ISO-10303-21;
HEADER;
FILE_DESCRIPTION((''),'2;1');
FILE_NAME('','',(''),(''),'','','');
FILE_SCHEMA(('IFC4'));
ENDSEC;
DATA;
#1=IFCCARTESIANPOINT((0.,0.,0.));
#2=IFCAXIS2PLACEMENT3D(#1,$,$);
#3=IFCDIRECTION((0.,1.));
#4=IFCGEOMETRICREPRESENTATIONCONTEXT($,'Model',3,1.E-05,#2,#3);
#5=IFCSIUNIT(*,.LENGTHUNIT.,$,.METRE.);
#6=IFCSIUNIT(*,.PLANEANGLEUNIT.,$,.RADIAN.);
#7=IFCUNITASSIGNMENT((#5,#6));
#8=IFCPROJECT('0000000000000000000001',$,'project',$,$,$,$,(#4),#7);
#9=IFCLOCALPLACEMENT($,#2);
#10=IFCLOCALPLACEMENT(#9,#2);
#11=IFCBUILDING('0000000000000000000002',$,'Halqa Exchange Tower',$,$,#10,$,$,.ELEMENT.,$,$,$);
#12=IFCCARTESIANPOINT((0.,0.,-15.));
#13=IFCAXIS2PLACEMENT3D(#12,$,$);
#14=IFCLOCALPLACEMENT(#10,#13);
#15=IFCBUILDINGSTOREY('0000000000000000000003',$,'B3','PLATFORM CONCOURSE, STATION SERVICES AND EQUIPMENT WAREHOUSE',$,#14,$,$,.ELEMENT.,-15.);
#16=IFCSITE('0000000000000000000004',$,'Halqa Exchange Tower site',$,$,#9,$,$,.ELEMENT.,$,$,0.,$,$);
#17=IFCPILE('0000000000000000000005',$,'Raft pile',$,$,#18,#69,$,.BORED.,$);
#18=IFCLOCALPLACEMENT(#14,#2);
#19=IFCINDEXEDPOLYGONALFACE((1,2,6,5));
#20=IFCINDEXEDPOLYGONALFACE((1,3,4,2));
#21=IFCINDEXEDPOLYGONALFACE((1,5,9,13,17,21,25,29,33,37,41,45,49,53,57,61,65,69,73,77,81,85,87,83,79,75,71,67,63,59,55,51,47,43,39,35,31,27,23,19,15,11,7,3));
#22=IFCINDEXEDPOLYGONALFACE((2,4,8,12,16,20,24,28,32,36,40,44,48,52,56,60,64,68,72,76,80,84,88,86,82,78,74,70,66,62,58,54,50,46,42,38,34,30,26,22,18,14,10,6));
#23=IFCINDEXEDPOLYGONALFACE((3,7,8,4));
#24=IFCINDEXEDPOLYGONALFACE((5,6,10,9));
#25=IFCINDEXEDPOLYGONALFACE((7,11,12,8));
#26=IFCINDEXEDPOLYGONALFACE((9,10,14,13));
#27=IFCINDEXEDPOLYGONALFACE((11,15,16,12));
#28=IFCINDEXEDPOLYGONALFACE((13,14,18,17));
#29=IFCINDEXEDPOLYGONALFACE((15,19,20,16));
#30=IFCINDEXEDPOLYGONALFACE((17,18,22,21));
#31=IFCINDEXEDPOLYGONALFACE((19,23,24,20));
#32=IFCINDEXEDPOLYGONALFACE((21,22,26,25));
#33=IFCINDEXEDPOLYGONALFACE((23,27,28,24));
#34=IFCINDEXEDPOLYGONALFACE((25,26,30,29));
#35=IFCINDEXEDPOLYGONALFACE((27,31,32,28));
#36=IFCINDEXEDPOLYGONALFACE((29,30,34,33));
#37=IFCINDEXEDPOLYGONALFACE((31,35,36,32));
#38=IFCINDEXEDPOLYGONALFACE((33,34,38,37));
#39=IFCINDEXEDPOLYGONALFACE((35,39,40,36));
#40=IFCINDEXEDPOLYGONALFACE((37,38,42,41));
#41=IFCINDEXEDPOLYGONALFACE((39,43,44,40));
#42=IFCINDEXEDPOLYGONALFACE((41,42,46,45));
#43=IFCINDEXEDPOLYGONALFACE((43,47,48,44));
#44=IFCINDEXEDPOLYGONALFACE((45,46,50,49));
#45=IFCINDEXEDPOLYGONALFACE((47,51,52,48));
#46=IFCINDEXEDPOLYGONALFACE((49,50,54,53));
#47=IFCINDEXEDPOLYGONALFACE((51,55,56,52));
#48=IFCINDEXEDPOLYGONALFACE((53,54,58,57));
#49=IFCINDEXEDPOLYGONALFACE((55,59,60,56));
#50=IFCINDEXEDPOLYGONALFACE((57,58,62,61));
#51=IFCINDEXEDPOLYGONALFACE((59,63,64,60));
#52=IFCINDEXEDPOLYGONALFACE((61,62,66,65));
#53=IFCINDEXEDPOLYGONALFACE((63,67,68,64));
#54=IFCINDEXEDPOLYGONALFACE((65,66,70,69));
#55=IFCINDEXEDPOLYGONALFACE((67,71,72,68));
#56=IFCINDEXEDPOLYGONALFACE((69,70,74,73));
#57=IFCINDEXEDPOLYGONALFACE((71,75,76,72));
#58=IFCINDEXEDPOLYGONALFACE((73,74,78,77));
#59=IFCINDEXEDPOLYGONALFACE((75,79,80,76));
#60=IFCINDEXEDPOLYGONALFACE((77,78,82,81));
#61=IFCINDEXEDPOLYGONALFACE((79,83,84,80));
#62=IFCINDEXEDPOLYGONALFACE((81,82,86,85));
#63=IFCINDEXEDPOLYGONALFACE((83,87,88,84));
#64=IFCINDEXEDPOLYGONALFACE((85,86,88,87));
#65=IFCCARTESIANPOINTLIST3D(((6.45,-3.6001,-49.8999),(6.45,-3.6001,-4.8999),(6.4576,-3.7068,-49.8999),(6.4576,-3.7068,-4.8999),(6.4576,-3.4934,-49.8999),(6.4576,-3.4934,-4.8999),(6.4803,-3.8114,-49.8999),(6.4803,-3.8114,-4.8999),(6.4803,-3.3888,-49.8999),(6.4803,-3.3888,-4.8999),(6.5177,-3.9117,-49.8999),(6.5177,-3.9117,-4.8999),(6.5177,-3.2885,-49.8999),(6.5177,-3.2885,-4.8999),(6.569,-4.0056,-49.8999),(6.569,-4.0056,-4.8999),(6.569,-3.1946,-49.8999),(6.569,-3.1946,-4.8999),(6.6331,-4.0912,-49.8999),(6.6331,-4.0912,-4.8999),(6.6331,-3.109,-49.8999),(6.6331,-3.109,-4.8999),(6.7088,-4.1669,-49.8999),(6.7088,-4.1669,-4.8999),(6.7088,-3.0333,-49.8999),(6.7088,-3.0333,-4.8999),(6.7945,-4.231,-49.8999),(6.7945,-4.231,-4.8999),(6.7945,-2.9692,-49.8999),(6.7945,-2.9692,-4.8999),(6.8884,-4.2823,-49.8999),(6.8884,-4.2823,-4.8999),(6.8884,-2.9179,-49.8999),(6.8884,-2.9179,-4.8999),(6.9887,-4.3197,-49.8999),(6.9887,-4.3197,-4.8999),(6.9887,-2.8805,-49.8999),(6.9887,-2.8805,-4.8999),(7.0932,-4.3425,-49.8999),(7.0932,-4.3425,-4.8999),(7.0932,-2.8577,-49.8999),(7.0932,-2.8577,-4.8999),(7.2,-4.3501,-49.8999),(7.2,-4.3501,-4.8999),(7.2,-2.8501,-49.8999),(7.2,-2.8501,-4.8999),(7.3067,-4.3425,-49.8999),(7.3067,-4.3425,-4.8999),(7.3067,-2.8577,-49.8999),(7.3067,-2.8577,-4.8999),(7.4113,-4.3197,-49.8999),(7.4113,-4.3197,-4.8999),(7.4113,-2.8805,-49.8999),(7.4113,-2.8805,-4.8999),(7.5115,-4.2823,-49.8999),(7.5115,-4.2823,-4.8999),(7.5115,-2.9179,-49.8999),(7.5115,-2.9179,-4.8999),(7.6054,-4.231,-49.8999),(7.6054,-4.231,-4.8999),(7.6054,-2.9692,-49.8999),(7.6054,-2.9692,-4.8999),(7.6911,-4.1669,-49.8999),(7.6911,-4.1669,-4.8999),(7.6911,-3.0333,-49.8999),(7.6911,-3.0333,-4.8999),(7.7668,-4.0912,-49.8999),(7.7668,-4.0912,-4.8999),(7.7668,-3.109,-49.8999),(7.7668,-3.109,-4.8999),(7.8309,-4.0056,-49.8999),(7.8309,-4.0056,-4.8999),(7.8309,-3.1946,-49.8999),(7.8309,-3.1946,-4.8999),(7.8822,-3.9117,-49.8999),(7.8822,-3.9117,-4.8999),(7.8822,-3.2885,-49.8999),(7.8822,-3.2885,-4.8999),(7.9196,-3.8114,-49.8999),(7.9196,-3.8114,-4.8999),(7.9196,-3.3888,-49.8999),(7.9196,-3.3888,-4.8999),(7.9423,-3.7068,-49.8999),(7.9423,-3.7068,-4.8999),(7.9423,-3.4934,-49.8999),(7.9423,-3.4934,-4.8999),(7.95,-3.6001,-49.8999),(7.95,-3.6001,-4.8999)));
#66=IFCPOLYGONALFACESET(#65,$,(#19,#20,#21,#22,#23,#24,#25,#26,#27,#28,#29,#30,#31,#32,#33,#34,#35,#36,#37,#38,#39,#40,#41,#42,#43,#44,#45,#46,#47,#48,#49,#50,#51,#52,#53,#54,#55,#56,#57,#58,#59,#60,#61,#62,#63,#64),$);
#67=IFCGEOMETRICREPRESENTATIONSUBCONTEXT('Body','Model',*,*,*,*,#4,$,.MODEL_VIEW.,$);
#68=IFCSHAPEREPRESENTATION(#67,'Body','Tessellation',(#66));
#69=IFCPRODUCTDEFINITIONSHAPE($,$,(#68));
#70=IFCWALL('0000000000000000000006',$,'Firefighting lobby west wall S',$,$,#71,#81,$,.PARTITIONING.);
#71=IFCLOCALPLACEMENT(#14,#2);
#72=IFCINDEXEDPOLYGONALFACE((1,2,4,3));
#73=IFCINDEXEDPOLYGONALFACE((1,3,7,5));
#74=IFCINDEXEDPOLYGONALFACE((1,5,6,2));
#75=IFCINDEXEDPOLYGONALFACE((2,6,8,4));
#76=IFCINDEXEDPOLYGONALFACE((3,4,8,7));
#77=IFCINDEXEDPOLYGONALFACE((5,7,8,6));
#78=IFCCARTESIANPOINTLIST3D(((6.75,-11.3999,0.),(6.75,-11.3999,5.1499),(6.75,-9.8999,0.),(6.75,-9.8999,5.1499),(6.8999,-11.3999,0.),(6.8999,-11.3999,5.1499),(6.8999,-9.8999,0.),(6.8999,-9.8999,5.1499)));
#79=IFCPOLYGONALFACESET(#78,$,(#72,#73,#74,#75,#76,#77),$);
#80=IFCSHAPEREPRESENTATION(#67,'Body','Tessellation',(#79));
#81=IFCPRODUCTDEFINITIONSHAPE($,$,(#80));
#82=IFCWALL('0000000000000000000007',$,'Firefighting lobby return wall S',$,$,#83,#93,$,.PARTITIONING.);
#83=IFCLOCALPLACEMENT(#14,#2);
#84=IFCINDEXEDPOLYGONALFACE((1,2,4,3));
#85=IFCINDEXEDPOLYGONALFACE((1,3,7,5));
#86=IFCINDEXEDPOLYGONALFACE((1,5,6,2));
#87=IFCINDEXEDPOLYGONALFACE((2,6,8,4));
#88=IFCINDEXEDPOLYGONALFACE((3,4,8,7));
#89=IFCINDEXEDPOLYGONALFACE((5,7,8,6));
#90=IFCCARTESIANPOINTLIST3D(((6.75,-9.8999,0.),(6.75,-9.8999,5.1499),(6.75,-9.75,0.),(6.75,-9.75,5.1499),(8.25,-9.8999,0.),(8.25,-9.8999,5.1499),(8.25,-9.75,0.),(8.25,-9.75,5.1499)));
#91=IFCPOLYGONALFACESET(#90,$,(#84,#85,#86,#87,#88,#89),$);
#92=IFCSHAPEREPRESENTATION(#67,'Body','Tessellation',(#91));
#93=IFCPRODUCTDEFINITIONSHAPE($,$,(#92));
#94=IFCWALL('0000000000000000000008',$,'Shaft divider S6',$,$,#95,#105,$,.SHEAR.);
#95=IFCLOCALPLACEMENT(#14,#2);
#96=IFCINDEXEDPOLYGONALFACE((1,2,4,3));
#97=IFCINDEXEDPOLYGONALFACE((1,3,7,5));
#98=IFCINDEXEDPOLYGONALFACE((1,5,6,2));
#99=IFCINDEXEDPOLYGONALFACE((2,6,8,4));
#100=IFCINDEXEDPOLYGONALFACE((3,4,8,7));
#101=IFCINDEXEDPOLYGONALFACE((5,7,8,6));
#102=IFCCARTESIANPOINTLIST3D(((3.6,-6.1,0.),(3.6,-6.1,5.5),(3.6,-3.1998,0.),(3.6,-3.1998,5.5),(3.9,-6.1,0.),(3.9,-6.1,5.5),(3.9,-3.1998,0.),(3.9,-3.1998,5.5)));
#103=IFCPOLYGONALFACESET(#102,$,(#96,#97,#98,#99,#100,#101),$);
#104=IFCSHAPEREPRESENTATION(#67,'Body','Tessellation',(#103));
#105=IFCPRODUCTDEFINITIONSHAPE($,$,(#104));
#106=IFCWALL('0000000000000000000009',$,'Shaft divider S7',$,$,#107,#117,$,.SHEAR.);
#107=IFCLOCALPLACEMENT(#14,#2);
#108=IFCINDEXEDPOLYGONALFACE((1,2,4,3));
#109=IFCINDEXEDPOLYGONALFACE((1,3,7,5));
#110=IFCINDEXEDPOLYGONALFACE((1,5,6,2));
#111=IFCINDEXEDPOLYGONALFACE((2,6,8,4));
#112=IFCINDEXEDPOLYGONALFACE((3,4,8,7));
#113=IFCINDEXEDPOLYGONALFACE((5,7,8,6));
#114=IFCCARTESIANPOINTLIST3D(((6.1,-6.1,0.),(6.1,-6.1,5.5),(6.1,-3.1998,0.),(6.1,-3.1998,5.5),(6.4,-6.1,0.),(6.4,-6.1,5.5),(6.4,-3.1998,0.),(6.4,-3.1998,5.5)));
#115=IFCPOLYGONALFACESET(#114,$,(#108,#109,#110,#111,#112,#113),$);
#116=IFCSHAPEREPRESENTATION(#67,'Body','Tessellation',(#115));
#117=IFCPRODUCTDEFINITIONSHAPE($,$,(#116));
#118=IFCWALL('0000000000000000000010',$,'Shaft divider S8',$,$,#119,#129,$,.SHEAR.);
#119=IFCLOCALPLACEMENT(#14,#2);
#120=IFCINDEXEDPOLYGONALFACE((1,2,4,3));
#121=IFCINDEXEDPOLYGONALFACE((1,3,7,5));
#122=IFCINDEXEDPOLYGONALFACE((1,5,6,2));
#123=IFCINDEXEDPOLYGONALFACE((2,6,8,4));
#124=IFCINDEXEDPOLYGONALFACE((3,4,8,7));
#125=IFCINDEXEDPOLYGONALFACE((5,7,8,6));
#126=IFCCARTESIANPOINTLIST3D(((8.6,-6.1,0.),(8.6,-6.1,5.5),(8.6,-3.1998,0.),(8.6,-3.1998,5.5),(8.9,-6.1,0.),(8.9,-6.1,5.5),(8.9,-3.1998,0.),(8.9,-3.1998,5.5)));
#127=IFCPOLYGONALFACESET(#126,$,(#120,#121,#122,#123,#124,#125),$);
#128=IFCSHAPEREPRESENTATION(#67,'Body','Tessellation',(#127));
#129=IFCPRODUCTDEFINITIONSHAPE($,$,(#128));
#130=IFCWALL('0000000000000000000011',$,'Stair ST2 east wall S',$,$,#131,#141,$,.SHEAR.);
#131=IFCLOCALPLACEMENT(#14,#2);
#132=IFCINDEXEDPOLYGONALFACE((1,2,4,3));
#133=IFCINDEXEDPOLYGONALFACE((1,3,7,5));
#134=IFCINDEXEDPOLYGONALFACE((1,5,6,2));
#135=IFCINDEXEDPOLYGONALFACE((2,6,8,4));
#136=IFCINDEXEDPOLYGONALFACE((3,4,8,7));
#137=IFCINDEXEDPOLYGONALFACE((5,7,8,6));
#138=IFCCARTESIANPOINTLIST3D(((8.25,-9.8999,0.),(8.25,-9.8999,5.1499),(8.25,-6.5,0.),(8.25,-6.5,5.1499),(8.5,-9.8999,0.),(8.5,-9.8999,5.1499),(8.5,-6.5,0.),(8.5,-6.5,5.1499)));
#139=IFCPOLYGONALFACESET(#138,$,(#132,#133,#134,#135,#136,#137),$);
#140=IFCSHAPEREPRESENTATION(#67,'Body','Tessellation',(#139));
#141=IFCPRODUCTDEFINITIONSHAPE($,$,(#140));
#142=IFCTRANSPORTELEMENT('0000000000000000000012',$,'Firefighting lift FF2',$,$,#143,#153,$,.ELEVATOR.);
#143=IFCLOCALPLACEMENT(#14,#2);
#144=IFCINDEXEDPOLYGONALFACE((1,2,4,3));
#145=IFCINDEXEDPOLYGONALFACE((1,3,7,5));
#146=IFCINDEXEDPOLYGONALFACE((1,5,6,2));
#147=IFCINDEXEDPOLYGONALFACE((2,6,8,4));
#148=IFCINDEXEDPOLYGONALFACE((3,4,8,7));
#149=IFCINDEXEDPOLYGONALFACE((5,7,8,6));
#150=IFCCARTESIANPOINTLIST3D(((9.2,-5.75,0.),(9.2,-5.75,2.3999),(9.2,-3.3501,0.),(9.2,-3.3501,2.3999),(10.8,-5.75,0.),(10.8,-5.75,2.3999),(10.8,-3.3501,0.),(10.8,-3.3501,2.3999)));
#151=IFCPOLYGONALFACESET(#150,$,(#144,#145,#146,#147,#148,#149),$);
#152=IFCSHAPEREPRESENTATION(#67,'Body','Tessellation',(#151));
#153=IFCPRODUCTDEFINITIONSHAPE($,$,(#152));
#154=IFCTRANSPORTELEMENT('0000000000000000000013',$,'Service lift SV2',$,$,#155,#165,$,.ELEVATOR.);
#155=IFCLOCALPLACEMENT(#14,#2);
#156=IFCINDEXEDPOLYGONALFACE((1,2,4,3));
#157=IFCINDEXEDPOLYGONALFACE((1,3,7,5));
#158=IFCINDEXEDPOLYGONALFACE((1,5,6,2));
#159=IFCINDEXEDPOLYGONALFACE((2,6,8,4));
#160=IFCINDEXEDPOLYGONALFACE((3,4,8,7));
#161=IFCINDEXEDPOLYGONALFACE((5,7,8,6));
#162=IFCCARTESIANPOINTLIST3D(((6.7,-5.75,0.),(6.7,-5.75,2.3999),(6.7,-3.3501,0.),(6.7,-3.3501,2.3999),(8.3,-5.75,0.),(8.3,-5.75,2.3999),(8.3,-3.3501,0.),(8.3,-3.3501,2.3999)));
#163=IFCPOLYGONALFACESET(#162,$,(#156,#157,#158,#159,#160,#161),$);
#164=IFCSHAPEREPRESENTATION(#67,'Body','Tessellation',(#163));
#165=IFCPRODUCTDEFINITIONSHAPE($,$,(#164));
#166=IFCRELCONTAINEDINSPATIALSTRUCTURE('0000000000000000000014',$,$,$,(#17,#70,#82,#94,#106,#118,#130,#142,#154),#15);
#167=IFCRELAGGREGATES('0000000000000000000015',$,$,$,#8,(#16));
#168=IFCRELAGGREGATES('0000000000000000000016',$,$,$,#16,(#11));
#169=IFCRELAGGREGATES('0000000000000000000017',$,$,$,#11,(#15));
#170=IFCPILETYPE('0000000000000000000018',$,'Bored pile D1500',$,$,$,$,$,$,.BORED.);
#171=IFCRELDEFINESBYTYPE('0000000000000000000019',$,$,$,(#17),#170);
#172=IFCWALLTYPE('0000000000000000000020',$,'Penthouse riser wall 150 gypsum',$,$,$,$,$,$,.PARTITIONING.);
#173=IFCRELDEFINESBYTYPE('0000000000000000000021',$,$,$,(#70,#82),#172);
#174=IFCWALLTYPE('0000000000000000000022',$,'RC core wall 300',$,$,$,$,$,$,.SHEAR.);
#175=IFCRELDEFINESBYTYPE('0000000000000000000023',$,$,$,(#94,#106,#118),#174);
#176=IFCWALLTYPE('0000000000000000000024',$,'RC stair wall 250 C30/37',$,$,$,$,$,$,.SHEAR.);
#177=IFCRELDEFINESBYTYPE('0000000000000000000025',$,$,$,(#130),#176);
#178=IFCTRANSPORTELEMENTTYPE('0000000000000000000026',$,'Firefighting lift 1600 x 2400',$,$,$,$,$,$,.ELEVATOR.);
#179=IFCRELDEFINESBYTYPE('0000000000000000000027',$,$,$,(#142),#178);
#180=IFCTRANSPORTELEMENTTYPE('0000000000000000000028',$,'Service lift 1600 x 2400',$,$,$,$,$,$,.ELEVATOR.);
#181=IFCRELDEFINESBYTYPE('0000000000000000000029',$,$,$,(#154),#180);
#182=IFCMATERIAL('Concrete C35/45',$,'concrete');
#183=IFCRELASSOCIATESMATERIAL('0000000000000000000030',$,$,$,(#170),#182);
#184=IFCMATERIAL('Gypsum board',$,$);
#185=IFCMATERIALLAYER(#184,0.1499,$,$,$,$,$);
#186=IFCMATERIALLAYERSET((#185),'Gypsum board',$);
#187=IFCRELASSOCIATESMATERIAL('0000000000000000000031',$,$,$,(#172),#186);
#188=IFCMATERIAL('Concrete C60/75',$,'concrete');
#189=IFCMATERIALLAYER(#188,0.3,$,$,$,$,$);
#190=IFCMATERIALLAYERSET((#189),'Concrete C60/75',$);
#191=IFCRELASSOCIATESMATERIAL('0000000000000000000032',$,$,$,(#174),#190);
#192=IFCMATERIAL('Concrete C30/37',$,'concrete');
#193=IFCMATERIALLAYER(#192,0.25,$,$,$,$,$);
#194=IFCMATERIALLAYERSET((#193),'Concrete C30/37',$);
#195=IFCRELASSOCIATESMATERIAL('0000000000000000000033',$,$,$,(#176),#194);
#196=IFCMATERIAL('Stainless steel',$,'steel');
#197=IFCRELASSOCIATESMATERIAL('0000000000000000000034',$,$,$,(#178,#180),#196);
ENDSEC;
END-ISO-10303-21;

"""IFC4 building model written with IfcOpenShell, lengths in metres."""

from ifc_helpers import new_model, si_unit, direction, frame, frame_2d, origin, origin_2d, place, context, subcontext, project, spatial, rectangle, circle, extrude, material, layer, layer_set, material_profile, profile_set, type_object, element, save


model = new_model("IFC4")

# Units and contexts
model_context = context("Model", 3, precision=1e-05, world=origin(), true_north=direction((0.0, 1.0)))
body_context = subcontext(model_context, "Body", "Model", "MODEL_VIEW")
ifc_project = project(units=[si_unit("LENGTHUNIT", "METRE"), si_unit("PLANEANGLEUNIT", "RADIAN")], contexts=[model_context])

# Site, building, storey
site_placement = place(None, origin())
site = spatial("IfcSite", under=ifc_project, at=site_placement, Name="Halqa Exchange Tower site", CompositionType="ELEMENT", RefElevation=0.0)
building_placement = place(site_placement, origin())
building = spatial("IfcBuilding", under=site, at=building_placement, Name="Halqa Exchange Tower", CompositionType="ELEMENT")
storey_placement = place(building_placement, frame((0.0, 0.0, -15.0)))
storey = spatial("IfcBuildingStorey", under=building, at=storey_placement, Name="B3", Description="PLATFORM CONCOURSE, STATION SERVICES AND EQUIPMENT WAREHOUSE", CompositionType="ELEMENT", Elevation=-15.0)

# Pile
ifc_material_1 = material(Name="Concrete C35/45", Category="concrete")
ifc_material_profile = material_profile(ifc_material_1, circle(Radius=0.75, at=origin_2d()), Name="D1500")
ifc_profile_set = profile_set([ifc_material_profile], Name="Concrete C35/45")
pile_type = type_object("IfcPileType", Name="Bored pile D1500", PredefinedType="BORED", material=ifc_profile_set)
for number, where, z_axis, x_axis, name in (
    (1, (7.2, -3.6001, -4.8999), (0.0, 0.0, -1.0), (1.0, 0.0, 0.0), "Raft pile"),
):
    element("IfcPile", number, at=place(storey_placement, frame(where, z_axis=z_axis, x_axis=x_axis)), inside=storey, type_object=pile_type, Name=name, PredefinedType="BORED", context=body_context, shape_type="SweptSolid", body=[
        extrude(circle(Radius=0.75, at=origin_2d()), origin(), (0.0, 0.0, 1.0), 45.0),
    ])

# Walls
ifc_material_2 = material(Name="Gypsum board")
ifc_layer_1 = layer(ifc_material_2, 0.1499)
ifc_layer_set_1 = layer_set([ifc_layer_1], Name="Gypsum board")
wall_type_1 = type_object("IfcWallType", Name="Penthouse riser wall 150 gypsum", PredefinedType="PARTITIONING", material=ifc_layer_set_1)
for number, where, z_axis, x_axis, name in (
    (2, (6.825, -11.3999, 0.0), (0.0, 0.0, 1.0), (0.0, 1.0, 0.0), "Firefighting lobby west wall S"),
    (3, (6.75, -9.825, 0.0), (0.0, 0.0, 1.0), (1.0, 0.0, 0.0), "Firefighting lobby return wall S"),
):
    element("IfcWall", number, at=place(storey_placement, frame(where, z_axis=z_axis, x_axis=x_axis)), inside=storey, type_object=wall_type_1, Name=name, PredefinedType="PARTITIONING", context=body_context, shape_type="SweptSolid", body=[
        extrude(rectangle(XDim=1.5, YDim=0.1499, at=frame_2d((0.75, 0.0))), origin(), (0.0, 0.0, 1.0), 5.1499),
    ])
ifc_material_3 = material(Name="Concrete C60/75", Category="concrete")
ifc_layer_2 = layer(ifc_material_3, 0.3)
ifc_layer_set_2 = layer_set([ifc_layer_2], Name="Concrete C60/75")
wall_type_2 = type_object("IfcWallType", Name="RC core wall 300", PredefinedType="SHEAR", material=ifc_layer_set_2)
for number, where, z_axis, x_axis, name in (
    (4, (3.75, -6.1001, 0.0), (0.0, 0.0, 1.0), (0.0, 1.0, 0.0), "Shaft divider S6"),
    (5, (6.25, -6.1001, 0.0), (0.0, 0.0, 1.0), (0.0, 1.0, 0.0), "Shaft divider S7"),
    (6, (8.75, -6.1001, 0.0), (0.0, 0.0, 1.0), (0.0, 1.0, 0.0), "Shaft divider S8"),
):
    element("IfcWall", number, at=place(storey_placement, frame(where, z_axis=z_axis, x_axis=x_axis)), inside=storey, type_object=wall_type_2, Name=name, PredefinedType="SHEAR", context=body_context, shape_type="SweptSolid", body=[
        extrude(rectangle(XDim=2.9001, YDim=0.3, at=frame_2d((1.4502, 0.0))), origin(), (0.0, 0.0, 1.0), 5.5),
    ])
ifc_material_4 = material(Name="Concrete C30/37", Category="concrete")
ifc_layer_3 = layer(ifc_material_4, 0.25)
ifc_layer_set_3 = layer_set([ifc_layer_3], Name="Concrete C30/37")
wall_type_3 = type_object("IfcWallType", Name="RC stair wall 250 C30/37", PredefinedType="SHEAR", material=ifc_layer_set_3)
wall_placement = place(storey_placement, frame((8.375, -9.8999, 0.0), z_axis=(0.0, 0.0, 1.0), x_axis=(0.0, 1.0, 0.0)))
element("IfcWall", 7, at=wall_placement, inside=storey, type_object=wall_type_3, Name="Stair ST2 east wall S", PredefinedType="SHEAR", context=body_context, shape_type="SweptSolid", body=[
    extrude(rectangle(XDim=3.3999, YDim=0.25, at=frame_2d((1.7, 0.0))), origin(), (0.0, 0.0, 1.0), 5.1499),
])

# Transport elements
ifc_material_5 = material(Name="Stainless steel", Category="steel")
transport_element_type_1 = type_object("IfcTransportElementType", Name="Firefighting lift 1600 x 2400", PredefinedType="ELEVATOR", material=ifc_material_5)
transport_element_1_placement = place(storey_placement, frame((10.0, -4.55, 0.0), z_axis=(0.0, 0.0, 1.0), x_axis=(1.0, 0.0, 0.0)))
element("IfcTransportElement", 8, at=transport_element_1_placement, inside=storey, type_object=transport_element_type_1, Name="Firefighting lift FF2", PredefinedType="ELEVATOR", context=body_context, shape_type="SweptSolid", body=[
    extrude(rectangle(XDim=1.6001, YDim=2.3999, at=origin_2d()), origin(), (0.0, 0.0, 1.0), 2.3999),
])
transport_element_type_2 = type_object("IfcTransportElementType", Name="Service lift 1600 x 2400", PredefinedType="ELEVATOR", material=ifc_material_5)
transport_element_2_placement = place(storey_placement, frame((7.5, -4.55, 0.0), z_axis=(0.0, 0.0, 1.0), x_axis=(1.0, 0.0, 0.0)))
element("IfcTransportElement", 9, at=transport_element_2_placement, inside=storey, type_object=transport_element_type_2, Name="Service lift SV2", PredefinedType="ELEVATOR", context=body_context, shape_type="SweptSolid", body=[
    extrude(rectangle(XDim=1.6001, YDim=2.3999, at=origin_2d()), origin(), (0.0, 0.0, 1.0), 2.3999),
])

save(model, "model.ifc")
